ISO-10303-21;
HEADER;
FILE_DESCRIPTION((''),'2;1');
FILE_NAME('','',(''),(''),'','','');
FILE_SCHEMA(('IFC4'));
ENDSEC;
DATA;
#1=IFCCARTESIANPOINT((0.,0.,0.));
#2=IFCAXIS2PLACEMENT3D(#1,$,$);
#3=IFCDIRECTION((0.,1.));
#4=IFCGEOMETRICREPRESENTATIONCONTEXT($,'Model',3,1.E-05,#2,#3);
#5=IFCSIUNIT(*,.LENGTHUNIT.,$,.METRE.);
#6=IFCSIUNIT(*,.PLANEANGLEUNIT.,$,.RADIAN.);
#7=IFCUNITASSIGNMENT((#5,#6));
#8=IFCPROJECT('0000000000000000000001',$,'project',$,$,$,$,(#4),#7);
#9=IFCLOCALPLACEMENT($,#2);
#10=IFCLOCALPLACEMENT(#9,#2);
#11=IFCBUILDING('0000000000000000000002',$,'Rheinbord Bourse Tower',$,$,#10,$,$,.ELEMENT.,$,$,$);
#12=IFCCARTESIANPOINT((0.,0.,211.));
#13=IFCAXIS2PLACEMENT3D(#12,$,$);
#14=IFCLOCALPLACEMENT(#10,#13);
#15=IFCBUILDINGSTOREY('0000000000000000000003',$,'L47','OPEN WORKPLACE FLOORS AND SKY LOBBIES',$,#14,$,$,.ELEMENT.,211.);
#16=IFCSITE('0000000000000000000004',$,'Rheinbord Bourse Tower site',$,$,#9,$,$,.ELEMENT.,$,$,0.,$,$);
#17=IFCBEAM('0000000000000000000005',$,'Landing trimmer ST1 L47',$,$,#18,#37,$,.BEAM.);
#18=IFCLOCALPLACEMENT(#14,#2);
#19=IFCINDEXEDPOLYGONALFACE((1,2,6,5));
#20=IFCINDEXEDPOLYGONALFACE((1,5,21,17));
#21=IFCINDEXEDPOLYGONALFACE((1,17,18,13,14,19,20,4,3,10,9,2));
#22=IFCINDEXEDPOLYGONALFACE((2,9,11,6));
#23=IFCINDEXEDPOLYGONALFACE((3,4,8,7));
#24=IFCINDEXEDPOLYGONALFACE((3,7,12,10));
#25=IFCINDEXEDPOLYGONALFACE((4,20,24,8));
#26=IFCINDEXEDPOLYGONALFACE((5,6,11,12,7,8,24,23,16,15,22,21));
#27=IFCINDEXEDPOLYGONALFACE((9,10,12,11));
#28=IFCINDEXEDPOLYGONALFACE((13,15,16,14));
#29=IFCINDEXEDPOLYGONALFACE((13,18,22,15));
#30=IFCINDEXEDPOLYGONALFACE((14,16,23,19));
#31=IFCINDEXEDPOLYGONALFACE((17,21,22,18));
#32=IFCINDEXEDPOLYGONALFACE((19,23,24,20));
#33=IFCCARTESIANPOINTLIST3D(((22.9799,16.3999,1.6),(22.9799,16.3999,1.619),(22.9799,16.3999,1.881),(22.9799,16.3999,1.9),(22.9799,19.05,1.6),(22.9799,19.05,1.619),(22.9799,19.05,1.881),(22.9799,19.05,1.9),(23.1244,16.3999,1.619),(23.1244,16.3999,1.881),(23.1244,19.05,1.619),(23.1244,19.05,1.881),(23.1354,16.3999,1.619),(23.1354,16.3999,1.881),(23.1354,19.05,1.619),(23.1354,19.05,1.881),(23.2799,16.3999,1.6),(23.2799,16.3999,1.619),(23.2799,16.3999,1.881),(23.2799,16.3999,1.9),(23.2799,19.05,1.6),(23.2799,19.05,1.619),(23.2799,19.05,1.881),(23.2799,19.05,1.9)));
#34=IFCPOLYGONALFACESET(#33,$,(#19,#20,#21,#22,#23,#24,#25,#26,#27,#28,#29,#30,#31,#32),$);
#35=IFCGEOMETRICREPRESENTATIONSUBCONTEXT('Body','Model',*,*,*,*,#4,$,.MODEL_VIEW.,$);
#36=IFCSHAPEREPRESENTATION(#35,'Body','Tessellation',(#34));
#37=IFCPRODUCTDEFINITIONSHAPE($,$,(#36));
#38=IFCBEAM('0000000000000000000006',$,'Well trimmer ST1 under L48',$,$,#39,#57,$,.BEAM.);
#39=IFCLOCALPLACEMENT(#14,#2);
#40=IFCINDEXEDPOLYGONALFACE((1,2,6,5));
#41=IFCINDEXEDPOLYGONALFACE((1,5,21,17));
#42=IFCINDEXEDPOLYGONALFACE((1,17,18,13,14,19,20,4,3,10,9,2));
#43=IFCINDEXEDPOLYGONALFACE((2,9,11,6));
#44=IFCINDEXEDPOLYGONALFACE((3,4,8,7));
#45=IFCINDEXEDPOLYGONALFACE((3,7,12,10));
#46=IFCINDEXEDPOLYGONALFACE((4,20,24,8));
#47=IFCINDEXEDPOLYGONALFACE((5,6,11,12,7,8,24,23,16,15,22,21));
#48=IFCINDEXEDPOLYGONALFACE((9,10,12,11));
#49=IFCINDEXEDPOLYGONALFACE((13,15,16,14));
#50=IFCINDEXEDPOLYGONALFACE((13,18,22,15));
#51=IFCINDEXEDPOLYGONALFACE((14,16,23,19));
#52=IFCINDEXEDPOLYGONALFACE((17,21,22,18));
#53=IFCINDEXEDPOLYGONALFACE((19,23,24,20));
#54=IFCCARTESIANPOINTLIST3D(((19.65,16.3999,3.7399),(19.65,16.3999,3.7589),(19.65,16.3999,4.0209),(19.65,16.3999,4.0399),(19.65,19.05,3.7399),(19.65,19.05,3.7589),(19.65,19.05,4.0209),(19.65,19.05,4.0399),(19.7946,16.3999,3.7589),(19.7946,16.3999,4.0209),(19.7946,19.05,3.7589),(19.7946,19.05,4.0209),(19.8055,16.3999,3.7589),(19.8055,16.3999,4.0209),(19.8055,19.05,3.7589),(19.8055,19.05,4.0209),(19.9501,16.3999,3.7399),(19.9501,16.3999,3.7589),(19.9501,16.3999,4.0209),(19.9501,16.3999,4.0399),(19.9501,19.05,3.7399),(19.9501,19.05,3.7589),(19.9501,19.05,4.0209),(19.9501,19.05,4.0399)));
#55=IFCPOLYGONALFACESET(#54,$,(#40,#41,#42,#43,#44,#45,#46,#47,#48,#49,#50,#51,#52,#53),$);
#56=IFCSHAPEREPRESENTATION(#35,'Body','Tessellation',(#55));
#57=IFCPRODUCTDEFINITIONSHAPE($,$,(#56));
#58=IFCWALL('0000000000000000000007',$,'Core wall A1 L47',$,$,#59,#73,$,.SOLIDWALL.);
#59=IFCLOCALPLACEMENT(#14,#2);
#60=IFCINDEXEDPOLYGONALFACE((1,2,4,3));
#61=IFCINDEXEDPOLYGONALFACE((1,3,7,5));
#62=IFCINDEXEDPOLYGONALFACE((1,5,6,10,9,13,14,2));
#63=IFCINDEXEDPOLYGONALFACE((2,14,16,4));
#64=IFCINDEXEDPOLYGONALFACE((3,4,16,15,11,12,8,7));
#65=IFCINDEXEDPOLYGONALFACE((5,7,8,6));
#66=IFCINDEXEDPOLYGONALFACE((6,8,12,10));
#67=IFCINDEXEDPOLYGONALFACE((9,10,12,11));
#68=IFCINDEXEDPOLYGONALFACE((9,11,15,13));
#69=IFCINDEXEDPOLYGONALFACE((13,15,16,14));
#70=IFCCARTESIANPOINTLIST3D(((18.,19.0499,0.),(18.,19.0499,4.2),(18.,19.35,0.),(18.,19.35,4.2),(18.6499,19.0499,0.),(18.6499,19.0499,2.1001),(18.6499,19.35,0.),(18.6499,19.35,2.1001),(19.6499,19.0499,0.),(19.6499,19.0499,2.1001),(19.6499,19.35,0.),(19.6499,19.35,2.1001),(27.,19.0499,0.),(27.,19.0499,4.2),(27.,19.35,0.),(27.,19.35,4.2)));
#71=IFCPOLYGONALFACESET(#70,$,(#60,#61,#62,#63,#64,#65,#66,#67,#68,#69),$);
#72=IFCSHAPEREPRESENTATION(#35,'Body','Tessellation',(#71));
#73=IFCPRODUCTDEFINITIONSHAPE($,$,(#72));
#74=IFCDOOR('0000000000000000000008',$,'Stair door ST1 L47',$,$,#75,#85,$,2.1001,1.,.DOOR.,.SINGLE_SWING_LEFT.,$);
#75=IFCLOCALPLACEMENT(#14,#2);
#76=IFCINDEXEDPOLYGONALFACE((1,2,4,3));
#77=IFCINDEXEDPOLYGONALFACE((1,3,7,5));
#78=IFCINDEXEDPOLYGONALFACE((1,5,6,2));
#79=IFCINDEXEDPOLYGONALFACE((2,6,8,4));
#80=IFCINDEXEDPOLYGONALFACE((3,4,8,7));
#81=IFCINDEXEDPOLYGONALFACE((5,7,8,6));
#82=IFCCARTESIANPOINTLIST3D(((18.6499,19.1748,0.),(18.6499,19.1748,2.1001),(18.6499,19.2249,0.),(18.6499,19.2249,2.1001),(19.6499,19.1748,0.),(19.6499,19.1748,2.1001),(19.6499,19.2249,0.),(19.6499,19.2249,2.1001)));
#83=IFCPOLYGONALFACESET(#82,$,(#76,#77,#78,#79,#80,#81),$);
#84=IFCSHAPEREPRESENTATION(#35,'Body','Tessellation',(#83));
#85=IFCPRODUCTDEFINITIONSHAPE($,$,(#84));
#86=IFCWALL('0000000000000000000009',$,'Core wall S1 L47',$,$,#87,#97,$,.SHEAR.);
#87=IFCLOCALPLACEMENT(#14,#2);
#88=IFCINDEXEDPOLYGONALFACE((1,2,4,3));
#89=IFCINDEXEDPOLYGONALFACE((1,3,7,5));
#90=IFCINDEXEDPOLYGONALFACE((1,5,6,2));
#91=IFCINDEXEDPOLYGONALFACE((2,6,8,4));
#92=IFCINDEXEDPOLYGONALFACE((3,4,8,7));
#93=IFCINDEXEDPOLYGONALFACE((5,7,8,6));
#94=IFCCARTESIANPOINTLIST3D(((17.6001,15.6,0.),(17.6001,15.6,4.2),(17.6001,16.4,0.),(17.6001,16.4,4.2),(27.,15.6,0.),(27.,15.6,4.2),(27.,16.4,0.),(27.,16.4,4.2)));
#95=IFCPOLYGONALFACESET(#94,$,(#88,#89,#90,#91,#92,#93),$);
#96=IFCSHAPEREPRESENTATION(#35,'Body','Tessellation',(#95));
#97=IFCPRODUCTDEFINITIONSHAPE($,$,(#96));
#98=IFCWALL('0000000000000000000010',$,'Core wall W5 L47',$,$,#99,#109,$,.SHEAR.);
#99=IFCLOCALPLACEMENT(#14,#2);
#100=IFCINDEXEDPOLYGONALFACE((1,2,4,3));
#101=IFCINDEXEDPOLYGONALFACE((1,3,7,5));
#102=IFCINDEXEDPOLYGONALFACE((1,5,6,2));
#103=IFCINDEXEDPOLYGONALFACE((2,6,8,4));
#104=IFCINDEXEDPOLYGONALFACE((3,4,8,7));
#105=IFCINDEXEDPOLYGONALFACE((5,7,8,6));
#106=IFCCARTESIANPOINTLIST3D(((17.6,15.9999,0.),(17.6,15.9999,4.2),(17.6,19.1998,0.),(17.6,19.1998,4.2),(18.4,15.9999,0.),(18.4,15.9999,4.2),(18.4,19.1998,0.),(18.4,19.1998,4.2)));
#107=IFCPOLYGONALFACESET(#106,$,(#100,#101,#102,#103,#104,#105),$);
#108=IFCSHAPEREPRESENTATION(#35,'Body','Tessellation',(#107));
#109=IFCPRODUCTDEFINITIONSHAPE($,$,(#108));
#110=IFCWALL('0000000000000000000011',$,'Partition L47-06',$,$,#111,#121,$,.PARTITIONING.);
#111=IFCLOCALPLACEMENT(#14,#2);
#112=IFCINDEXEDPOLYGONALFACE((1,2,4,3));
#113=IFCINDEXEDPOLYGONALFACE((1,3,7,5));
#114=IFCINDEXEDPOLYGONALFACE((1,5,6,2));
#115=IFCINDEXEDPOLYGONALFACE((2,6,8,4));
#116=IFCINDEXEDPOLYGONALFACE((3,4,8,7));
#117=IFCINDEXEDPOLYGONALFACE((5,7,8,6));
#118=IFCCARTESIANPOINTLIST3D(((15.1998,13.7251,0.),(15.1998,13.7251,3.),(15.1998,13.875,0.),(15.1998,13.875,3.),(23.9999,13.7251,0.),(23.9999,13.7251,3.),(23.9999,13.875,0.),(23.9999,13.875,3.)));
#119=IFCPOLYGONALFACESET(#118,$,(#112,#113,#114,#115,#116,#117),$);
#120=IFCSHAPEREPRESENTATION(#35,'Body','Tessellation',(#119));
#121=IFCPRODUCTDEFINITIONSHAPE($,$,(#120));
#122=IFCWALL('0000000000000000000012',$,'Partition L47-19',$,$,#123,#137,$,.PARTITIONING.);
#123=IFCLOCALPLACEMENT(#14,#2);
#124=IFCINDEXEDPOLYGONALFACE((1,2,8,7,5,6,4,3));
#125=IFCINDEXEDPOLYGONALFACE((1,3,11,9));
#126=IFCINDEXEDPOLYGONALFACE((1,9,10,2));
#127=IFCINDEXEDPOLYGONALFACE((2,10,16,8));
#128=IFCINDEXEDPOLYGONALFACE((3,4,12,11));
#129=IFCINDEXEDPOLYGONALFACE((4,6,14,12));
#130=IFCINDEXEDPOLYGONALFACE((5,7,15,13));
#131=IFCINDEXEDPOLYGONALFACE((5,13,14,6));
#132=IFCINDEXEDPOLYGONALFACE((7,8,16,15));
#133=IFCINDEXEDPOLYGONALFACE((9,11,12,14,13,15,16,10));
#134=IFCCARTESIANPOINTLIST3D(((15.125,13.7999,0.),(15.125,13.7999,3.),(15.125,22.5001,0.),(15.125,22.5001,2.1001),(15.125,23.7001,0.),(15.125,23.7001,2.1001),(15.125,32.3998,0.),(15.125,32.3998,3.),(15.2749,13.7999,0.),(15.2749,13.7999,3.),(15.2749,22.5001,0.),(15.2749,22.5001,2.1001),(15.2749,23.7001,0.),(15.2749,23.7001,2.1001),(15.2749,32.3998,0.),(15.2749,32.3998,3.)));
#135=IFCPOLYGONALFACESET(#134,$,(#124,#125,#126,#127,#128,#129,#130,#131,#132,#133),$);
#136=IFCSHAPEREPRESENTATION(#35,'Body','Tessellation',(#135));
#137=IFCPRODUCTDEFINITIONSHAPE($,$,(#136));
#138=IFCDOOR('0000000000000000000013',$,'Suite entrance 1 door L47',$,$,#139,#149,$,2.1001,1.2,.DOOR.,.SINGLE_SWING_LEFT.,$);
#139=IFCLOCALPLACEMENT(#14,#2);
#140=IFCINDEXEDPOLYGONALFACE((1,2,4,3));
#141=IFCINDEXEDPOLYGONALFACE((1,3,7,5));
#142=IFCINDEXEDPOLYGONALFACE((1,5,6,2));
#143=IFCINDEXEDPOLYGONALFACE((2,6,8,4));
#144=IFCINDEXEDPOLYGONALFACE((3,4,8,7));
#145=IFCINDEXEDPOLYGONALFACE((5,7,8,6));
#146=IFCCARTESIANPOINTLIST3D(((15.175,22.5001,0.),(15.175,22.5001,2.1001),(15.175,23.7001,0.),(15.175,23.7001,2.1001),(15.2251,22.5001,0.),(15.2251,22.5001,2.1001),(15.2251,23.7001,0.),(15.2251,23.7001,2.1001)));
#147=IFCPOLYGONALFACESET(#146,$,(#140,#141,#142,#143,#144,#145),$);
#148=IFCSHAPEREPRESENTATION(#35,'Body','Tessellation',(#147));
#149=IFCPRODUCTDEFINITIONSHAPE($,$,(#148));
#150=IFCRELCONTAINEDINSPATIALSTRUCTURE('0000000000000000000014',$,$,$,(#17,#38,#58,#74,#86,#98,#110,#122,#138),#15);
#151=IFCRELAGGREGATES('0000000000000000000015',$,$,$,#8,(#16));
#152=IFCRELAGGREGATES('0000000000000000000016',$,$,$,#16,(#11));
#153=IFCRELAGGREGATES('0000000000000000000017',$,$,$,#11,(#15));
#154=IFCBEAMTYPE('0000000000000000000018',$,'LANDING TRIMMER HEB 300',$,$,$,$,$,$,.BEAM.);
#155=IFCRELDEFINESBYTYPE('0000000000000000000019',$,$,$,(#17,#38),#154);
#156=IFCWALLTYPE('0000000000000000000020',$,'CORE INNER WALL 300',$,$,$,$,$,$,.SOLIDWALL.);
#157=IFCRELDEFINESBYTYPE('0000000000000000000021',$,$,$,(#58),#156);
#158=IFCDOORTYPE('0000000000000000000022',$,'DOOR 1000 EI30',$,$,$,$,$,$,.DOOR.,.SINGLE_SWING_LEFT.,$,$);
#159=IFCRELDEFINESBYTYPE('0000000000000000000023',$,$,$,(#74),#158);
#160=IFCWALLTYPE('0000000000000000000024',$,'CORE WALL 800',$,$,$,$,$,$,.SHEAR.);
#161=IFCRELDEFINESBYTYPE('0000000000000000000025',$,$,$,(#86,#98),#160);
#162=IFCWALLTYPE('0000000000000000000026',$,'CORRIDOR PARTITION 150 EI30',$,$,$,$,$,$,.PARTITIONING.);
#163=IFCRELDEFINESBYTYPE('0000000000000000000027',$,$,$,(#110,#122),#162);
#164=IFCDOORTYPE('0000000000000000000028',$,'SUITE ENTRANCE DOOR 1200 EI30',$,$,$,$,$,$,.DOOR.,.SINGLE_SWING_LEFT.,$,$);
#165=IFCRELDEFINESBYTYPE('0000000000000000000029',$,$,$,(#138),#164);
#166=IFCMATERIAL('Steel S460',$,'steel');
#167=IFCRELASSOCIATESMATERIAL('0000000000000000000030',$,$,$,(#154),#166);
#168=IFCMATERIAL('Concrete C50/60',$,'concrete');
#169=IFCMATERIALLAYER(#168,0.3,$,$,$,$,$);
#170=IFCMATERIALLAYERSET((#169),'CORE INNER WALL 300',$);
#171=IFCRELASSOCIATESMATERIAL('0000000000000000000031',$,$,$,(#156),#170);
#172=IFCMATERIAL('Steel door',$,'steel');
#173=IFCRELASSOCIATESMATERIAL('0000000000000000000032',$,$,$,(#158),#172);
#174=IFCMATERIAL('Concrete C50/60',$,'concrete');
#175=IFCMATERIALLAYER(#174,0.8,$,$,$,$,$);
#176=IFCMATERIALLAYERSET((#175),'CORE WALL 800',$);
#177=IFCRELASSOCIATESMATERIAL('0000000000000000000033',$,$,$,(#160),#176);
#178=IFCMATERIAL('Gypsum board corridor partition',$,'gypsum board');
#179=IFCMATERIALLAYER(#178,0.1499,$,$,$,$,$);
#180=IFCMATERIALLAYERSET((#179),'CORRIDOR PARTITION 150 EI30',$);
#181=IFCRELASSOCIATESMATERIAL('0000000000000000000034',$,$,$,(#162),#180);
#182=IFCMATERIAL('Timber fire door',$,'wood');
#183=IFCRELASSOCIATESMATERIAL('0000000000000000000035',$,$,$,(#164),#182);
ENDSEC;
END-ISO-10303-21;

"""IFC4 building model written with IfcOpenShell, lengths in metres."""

from ifc_helpers import new_model, si_unit, direction, frame, frame_2d, origin, origin_2d, place, context, subcontext, project, spatial, rectangle, i_section, extrude, material, layer, layer_set, material_profile, profile_set, type_object, element, fill, save


model = new_model("IFC4")

# Units and contexts
model_context = context("Model", 3, precision=1e-05, world=origin(), true_north=direction((0.0, 1.0)))
body_context = subcontext(model_context, "Body", "Model", "MODEL_VIEW")
ifc_project = project(units=[si_unit("LENGTHUNIT", "METRE"), si_unit("PLANEANGLEUNIT", "RADIAN")], contexts=[model_context])

# Site, building, storey
site_placement = place(None, origin())
site = spatial("IfcSite", under=ifc_project, at=site_placement, Name="Rheinbord Bourse Tower site", CompositionType="ELEMENT", RefElevation=0.0)
building_placement = place(site_placement, origin())
building = spatial("IfcBuilding", under=site, at=building_placement, Name="Rheinbord Bourse Tower", CompositionType="ELEMENT")
storey_placement = place(building_placement, frame((0.0, 0.0, 211.0)))
storey = spatial("IfcBuildingStorey", under=building, at=storey_placement, Name="L47", Description="OPEN WORKPLACE FLOORS AND SKY LOBBIES", CompositionType="ELEMENT", Elevation=211.0)

# Beams
ifc_material_1 = material(Name="Steel S460", Category="steel")
ifc_material_profile = material_profile(ifc_material_1, i_section(OverallWidth=0.3, OverallDepth=0.3, WebThickness=0.011, FlangeThickness=0.019, at=origin_2d()), Name="HEB 300")
ifc_profile_set = profile_set([ifc_material_profile], Name="Steel S460")
beam_type = type_object("IfcBeamType", Name="LANDING TRIMMER HEB 300", PredefinedType="BEAM", material=ifc_profile_set)
for number, where, z_axis, x_axis, name in (
    (1, (23.1299, 16.3999, 1.75), (0.0, 1.0, 0.0), (-1.0, 0.0, 0.0), "Landing trimmer ST1 L47"),
    (2, (19.8, 16.3999, 3.8899), (0.0, 1.0, 0.0), (-1.0, 0.0, 0.0), "Well trimmer ST1 under L48"),
):
    element("IfcBeam", number, at=place(storey_placement, frame(where, z_axis=z_axis, x_axis=x_axis)), inside=storey, type_object=beam_type, Name=name, PredefinedType="BEAM", context=body_context, shape_type="SweptSolid", body=[
        extrude(i_section(OverallWidth=0.3, OverallDepth=0.3, WebThickness=0.011, FlangeThickness=0.019, at=origin_2d()), origin(), (0.0, 0.0, 1.0), 2.6501),
    ])

# Wall, opening, door
ifc_material_2 = material(Name="Concrete C50/60", Category="concrete")
ifc_layer_1 = layer(ifc_material_2, 0.3)
ifc_layer_set_1 = layer_set([ifc_layer_1], Name="CORE INNER WALL 300")
wall_type_1 = type_object("IfcWallType", Name="CORE INNER WALL 300", PredefinedType="SOLIDWALL", material=ifc_layer_set_1)
wall_1_placement = place(storey_placement, frame((18.0, 19.2, 0.0), z_axis=(0.0, 0.0, 1.0), x_axis=(1.0, 0.0, 0.0)))
wall_1 = element("IfcWall", 3, at=wall_1_placement, inside=storey, type_object=wall_type_1, Name="Core wall A1 L47", PredefinedType="SOLIDWALL", context=body_context, shape_type="SweptSolid", body=[
    extrude(rectangle(XDim=9.0, YDim=0.3, at=frame_2d((4.5, 0.0))), origin(), (0.0, 0.0, 1.0), 4.2),
])
opening_1_placement = place(wall_1_placement, frame((0.6499, 0.0, 0.0)))
opening_1 = element("IfcOpeningElement", 4, at=opening_1_placement, cuts=wall_1, PredefinedType="OPENING", context=body_context, shape_type="SweptSolid", body=[
    extrude(rectangle(XDim=1.0, YDim=2.1001, at=frame_2d((0.5, 1.05))), frame((0.0, 0.1599, 0.0), z_axis=(0.0, -1.0, 0.0), x_axis=(1.0, 0.0, 0.0)), (0.0, 0.0, 1.0), 0.3201),
])
ifc_material_3 = material(Name="Steel door", Category="steel")
door_type_1 = type_object("IfcDoorType", Name="DOOR 1000 EI30", OperationType="SINGLE_SWING_LEFT", PredefinedType="DOOR", material=ifc_material_3)
door_1_placement = place(opening_1_placement, origin())
door_1 = element("IfcDoor", 5, at=door_1_placement, inside=storey, type_object=door_type_1, Name="Stair door ST1 L47", OperationType="SINGLE_SWING_LEFT", OverallHeight=2.1001, OverallWidth=1.0, PredefinedType="DOOR", context=body_context, shape_type="SweptSolid", body=[
    extrude(rectangle(XDim=1.0, YDim=2.1001, at=frame_2d((0.5, 1.05))), frame((0.0, 0.0249, 0.0), z_axis=(0.0, -1.0, 0.0), x_axis=(1.0, 0.0, 0.0)), (0.0, 0.0, 1.0), 0.05),
])
fill(opening_1, door_1)

# Walls
ifc_material_4 = material(Name="Concrete C50/60", Category="concrete")
ifc_layer_2 = layer(ifc_material_4, 0.8)
ifc_layer_set_2 = layer_set([ifc_layer_2], Name="CORE WALL 800")
wall_type_2 = type_object("IfcWallType", Name="CORE WALL 800", PredefinedType="SHEAR", material=ifc_layer_set_2)
wall_2_placement = place(storey_placement, frame((17.6001, 16.0, 0.0), z_axis=(0.0, 0.0, 1.0), x_axis=(1.0, 0.0, 0.0)))
element("IfcWall", 6, at=wall_2_placement, inside=storey, type_object=wall_type_2, Name="Core wall S1 L47", PredefinedType="SHEAR", context=body_context, shape_type="SweptSolid", body=[
    extrude(rectangle(XDim=9.3999, YDim=0.8, at=frame_2d((4.7, 0.0))), origin(), (0.0, 0.0, 1.0), 4.2),
])
wall_3_placement = place(storey_placement, frame((18.0, 19.2, 0.0), z_axis=(0.0, 0.0, 1.0), x_axis=(0.0, -1.0, 0.0)))
element("IfcWall", 7, at=wall_3_placement, inside=storey, type_object=wall_type_2, Name="Core wall W5 L47", PredefinedType="SHEAR", context=body_context, shape_type="SweptSolid", body=[
    extrude(rectangle(XDim=3.2, YDim=0.8, at=frame_2d((1.6001, 0.0))), origin(), (0.0, 0.0, 1.0), 4.2),
])
ifc_material_5 = material(Name="Gypsum board corridor partition", Category="gypsum board")
ifc_layer_3 = layer(ifc_material_5, 0.1499)
ifc_layer_set_3 = layer_set([ifc_layer_3], Name="CORRIDOR PARTITION 150 EI30")
wall_type_3 = type_object("IfcWallType", Name="CORRIDOR PARTITION 150 EI30", PredefinedType="PARTITIONING", material=ifc_layer_set_3)
wall_4_placement = place(storey_placement, frame((15.2, 13.8, 0.0), z_axis=(0.0, 0.0, 1.0), x_axis=(1.0, 0.0, 0.0)))
element("IfcWall", 8, at=wall_4_placement, inside=storey, type_object=wall_type_3, Name="Partition L47-06", PredefinedType="PARTITIONING", context=body_context, shape_type="SweptSolid", body=[
    extrude(rectangle(XDim=8.8, YDim=0.1499, at=frame_2d((4.3999, 0.0))), origin(), (0.0, 0.0, 1.0), 3.0),
])

# Wall, opening, door
wall_5_placement = place(storey_placement, frame((15.2, 13.8, 0.0), z_axis=(0.0, 0.0, 1.0), x_axis=(0.0, 1.0, 0.0)))
wall_5 = element("IfcWall", 9, at=wall_5_placement, inside=storey, type_object=wall_type_3, Name="Partition L47-19", PredefinedType="PARTITIONING", context=body_context, shape_type="SweptSolid", body=[
    extrude(rectangle(XDim=18.5999, YDim=0.1499, at=frame_2d((9.2998, 0.0))), origin(), (0.0, 0.0, 1.0), 3.0),
])
opening_2_placement = place(wall_5_placement, frame((8.7, 0.0, 0.0)))
opening_2 = element("IfcOpeningElement", 10, at=opening_2_placement, cuts=wall_5, PredefinedType="OPENING", context=body_context, shape_type="SweptSolid", body=[
    extrude(rectangle(XDim=1.2, YDim=2.1001, at=frame_2d((0.6001, 1.05))), frame((0.0, 0.085, 0.0), z_axis=(0.0, -1.0, 0.0), x_axis=(1.0, 0.0, 0.0)), (0.0, 0.0, 1.0), 0.1699),
])
ifc_material_6 = material(Name="Timber fire door", Category="wood")
door_type_2 = type_object("IfcDoorType", Name="SUITE ENTRANCE DOOR 1200 EI30", OperationType="SINGLE_SWING_LEFT", PredefinedType="DOOR", material=ifc_material_6)
door_2_placement = place(opening_2_placement, origin())
door_2 = element("IfcDoor", 11, at=door_2_placement, inside=storey, type_object=door_type_2, Name="Suite entrance 1 door L47", OperationType="SINGLE_SWING_LEFT", OverallHeight=2.1001, OverallWidth=1.2, PredefinedType="DOOR", context=body_context, shape_type="SweptSolid", body=[
    extrude(rectangle(XDim=1.2, YDim=2.1001, at=frame_2d((0.6001, 1.05))), frame((0.0, 0.0249, 0.0), z_axis=(0.0, -1.0, 0.0), x_axis=(1.0, 0.0, 0.0)), (0.0, 0.0, 1.0), 0.05),
])
fill(opening_2, door_2)

save(model, "model.ifc")
